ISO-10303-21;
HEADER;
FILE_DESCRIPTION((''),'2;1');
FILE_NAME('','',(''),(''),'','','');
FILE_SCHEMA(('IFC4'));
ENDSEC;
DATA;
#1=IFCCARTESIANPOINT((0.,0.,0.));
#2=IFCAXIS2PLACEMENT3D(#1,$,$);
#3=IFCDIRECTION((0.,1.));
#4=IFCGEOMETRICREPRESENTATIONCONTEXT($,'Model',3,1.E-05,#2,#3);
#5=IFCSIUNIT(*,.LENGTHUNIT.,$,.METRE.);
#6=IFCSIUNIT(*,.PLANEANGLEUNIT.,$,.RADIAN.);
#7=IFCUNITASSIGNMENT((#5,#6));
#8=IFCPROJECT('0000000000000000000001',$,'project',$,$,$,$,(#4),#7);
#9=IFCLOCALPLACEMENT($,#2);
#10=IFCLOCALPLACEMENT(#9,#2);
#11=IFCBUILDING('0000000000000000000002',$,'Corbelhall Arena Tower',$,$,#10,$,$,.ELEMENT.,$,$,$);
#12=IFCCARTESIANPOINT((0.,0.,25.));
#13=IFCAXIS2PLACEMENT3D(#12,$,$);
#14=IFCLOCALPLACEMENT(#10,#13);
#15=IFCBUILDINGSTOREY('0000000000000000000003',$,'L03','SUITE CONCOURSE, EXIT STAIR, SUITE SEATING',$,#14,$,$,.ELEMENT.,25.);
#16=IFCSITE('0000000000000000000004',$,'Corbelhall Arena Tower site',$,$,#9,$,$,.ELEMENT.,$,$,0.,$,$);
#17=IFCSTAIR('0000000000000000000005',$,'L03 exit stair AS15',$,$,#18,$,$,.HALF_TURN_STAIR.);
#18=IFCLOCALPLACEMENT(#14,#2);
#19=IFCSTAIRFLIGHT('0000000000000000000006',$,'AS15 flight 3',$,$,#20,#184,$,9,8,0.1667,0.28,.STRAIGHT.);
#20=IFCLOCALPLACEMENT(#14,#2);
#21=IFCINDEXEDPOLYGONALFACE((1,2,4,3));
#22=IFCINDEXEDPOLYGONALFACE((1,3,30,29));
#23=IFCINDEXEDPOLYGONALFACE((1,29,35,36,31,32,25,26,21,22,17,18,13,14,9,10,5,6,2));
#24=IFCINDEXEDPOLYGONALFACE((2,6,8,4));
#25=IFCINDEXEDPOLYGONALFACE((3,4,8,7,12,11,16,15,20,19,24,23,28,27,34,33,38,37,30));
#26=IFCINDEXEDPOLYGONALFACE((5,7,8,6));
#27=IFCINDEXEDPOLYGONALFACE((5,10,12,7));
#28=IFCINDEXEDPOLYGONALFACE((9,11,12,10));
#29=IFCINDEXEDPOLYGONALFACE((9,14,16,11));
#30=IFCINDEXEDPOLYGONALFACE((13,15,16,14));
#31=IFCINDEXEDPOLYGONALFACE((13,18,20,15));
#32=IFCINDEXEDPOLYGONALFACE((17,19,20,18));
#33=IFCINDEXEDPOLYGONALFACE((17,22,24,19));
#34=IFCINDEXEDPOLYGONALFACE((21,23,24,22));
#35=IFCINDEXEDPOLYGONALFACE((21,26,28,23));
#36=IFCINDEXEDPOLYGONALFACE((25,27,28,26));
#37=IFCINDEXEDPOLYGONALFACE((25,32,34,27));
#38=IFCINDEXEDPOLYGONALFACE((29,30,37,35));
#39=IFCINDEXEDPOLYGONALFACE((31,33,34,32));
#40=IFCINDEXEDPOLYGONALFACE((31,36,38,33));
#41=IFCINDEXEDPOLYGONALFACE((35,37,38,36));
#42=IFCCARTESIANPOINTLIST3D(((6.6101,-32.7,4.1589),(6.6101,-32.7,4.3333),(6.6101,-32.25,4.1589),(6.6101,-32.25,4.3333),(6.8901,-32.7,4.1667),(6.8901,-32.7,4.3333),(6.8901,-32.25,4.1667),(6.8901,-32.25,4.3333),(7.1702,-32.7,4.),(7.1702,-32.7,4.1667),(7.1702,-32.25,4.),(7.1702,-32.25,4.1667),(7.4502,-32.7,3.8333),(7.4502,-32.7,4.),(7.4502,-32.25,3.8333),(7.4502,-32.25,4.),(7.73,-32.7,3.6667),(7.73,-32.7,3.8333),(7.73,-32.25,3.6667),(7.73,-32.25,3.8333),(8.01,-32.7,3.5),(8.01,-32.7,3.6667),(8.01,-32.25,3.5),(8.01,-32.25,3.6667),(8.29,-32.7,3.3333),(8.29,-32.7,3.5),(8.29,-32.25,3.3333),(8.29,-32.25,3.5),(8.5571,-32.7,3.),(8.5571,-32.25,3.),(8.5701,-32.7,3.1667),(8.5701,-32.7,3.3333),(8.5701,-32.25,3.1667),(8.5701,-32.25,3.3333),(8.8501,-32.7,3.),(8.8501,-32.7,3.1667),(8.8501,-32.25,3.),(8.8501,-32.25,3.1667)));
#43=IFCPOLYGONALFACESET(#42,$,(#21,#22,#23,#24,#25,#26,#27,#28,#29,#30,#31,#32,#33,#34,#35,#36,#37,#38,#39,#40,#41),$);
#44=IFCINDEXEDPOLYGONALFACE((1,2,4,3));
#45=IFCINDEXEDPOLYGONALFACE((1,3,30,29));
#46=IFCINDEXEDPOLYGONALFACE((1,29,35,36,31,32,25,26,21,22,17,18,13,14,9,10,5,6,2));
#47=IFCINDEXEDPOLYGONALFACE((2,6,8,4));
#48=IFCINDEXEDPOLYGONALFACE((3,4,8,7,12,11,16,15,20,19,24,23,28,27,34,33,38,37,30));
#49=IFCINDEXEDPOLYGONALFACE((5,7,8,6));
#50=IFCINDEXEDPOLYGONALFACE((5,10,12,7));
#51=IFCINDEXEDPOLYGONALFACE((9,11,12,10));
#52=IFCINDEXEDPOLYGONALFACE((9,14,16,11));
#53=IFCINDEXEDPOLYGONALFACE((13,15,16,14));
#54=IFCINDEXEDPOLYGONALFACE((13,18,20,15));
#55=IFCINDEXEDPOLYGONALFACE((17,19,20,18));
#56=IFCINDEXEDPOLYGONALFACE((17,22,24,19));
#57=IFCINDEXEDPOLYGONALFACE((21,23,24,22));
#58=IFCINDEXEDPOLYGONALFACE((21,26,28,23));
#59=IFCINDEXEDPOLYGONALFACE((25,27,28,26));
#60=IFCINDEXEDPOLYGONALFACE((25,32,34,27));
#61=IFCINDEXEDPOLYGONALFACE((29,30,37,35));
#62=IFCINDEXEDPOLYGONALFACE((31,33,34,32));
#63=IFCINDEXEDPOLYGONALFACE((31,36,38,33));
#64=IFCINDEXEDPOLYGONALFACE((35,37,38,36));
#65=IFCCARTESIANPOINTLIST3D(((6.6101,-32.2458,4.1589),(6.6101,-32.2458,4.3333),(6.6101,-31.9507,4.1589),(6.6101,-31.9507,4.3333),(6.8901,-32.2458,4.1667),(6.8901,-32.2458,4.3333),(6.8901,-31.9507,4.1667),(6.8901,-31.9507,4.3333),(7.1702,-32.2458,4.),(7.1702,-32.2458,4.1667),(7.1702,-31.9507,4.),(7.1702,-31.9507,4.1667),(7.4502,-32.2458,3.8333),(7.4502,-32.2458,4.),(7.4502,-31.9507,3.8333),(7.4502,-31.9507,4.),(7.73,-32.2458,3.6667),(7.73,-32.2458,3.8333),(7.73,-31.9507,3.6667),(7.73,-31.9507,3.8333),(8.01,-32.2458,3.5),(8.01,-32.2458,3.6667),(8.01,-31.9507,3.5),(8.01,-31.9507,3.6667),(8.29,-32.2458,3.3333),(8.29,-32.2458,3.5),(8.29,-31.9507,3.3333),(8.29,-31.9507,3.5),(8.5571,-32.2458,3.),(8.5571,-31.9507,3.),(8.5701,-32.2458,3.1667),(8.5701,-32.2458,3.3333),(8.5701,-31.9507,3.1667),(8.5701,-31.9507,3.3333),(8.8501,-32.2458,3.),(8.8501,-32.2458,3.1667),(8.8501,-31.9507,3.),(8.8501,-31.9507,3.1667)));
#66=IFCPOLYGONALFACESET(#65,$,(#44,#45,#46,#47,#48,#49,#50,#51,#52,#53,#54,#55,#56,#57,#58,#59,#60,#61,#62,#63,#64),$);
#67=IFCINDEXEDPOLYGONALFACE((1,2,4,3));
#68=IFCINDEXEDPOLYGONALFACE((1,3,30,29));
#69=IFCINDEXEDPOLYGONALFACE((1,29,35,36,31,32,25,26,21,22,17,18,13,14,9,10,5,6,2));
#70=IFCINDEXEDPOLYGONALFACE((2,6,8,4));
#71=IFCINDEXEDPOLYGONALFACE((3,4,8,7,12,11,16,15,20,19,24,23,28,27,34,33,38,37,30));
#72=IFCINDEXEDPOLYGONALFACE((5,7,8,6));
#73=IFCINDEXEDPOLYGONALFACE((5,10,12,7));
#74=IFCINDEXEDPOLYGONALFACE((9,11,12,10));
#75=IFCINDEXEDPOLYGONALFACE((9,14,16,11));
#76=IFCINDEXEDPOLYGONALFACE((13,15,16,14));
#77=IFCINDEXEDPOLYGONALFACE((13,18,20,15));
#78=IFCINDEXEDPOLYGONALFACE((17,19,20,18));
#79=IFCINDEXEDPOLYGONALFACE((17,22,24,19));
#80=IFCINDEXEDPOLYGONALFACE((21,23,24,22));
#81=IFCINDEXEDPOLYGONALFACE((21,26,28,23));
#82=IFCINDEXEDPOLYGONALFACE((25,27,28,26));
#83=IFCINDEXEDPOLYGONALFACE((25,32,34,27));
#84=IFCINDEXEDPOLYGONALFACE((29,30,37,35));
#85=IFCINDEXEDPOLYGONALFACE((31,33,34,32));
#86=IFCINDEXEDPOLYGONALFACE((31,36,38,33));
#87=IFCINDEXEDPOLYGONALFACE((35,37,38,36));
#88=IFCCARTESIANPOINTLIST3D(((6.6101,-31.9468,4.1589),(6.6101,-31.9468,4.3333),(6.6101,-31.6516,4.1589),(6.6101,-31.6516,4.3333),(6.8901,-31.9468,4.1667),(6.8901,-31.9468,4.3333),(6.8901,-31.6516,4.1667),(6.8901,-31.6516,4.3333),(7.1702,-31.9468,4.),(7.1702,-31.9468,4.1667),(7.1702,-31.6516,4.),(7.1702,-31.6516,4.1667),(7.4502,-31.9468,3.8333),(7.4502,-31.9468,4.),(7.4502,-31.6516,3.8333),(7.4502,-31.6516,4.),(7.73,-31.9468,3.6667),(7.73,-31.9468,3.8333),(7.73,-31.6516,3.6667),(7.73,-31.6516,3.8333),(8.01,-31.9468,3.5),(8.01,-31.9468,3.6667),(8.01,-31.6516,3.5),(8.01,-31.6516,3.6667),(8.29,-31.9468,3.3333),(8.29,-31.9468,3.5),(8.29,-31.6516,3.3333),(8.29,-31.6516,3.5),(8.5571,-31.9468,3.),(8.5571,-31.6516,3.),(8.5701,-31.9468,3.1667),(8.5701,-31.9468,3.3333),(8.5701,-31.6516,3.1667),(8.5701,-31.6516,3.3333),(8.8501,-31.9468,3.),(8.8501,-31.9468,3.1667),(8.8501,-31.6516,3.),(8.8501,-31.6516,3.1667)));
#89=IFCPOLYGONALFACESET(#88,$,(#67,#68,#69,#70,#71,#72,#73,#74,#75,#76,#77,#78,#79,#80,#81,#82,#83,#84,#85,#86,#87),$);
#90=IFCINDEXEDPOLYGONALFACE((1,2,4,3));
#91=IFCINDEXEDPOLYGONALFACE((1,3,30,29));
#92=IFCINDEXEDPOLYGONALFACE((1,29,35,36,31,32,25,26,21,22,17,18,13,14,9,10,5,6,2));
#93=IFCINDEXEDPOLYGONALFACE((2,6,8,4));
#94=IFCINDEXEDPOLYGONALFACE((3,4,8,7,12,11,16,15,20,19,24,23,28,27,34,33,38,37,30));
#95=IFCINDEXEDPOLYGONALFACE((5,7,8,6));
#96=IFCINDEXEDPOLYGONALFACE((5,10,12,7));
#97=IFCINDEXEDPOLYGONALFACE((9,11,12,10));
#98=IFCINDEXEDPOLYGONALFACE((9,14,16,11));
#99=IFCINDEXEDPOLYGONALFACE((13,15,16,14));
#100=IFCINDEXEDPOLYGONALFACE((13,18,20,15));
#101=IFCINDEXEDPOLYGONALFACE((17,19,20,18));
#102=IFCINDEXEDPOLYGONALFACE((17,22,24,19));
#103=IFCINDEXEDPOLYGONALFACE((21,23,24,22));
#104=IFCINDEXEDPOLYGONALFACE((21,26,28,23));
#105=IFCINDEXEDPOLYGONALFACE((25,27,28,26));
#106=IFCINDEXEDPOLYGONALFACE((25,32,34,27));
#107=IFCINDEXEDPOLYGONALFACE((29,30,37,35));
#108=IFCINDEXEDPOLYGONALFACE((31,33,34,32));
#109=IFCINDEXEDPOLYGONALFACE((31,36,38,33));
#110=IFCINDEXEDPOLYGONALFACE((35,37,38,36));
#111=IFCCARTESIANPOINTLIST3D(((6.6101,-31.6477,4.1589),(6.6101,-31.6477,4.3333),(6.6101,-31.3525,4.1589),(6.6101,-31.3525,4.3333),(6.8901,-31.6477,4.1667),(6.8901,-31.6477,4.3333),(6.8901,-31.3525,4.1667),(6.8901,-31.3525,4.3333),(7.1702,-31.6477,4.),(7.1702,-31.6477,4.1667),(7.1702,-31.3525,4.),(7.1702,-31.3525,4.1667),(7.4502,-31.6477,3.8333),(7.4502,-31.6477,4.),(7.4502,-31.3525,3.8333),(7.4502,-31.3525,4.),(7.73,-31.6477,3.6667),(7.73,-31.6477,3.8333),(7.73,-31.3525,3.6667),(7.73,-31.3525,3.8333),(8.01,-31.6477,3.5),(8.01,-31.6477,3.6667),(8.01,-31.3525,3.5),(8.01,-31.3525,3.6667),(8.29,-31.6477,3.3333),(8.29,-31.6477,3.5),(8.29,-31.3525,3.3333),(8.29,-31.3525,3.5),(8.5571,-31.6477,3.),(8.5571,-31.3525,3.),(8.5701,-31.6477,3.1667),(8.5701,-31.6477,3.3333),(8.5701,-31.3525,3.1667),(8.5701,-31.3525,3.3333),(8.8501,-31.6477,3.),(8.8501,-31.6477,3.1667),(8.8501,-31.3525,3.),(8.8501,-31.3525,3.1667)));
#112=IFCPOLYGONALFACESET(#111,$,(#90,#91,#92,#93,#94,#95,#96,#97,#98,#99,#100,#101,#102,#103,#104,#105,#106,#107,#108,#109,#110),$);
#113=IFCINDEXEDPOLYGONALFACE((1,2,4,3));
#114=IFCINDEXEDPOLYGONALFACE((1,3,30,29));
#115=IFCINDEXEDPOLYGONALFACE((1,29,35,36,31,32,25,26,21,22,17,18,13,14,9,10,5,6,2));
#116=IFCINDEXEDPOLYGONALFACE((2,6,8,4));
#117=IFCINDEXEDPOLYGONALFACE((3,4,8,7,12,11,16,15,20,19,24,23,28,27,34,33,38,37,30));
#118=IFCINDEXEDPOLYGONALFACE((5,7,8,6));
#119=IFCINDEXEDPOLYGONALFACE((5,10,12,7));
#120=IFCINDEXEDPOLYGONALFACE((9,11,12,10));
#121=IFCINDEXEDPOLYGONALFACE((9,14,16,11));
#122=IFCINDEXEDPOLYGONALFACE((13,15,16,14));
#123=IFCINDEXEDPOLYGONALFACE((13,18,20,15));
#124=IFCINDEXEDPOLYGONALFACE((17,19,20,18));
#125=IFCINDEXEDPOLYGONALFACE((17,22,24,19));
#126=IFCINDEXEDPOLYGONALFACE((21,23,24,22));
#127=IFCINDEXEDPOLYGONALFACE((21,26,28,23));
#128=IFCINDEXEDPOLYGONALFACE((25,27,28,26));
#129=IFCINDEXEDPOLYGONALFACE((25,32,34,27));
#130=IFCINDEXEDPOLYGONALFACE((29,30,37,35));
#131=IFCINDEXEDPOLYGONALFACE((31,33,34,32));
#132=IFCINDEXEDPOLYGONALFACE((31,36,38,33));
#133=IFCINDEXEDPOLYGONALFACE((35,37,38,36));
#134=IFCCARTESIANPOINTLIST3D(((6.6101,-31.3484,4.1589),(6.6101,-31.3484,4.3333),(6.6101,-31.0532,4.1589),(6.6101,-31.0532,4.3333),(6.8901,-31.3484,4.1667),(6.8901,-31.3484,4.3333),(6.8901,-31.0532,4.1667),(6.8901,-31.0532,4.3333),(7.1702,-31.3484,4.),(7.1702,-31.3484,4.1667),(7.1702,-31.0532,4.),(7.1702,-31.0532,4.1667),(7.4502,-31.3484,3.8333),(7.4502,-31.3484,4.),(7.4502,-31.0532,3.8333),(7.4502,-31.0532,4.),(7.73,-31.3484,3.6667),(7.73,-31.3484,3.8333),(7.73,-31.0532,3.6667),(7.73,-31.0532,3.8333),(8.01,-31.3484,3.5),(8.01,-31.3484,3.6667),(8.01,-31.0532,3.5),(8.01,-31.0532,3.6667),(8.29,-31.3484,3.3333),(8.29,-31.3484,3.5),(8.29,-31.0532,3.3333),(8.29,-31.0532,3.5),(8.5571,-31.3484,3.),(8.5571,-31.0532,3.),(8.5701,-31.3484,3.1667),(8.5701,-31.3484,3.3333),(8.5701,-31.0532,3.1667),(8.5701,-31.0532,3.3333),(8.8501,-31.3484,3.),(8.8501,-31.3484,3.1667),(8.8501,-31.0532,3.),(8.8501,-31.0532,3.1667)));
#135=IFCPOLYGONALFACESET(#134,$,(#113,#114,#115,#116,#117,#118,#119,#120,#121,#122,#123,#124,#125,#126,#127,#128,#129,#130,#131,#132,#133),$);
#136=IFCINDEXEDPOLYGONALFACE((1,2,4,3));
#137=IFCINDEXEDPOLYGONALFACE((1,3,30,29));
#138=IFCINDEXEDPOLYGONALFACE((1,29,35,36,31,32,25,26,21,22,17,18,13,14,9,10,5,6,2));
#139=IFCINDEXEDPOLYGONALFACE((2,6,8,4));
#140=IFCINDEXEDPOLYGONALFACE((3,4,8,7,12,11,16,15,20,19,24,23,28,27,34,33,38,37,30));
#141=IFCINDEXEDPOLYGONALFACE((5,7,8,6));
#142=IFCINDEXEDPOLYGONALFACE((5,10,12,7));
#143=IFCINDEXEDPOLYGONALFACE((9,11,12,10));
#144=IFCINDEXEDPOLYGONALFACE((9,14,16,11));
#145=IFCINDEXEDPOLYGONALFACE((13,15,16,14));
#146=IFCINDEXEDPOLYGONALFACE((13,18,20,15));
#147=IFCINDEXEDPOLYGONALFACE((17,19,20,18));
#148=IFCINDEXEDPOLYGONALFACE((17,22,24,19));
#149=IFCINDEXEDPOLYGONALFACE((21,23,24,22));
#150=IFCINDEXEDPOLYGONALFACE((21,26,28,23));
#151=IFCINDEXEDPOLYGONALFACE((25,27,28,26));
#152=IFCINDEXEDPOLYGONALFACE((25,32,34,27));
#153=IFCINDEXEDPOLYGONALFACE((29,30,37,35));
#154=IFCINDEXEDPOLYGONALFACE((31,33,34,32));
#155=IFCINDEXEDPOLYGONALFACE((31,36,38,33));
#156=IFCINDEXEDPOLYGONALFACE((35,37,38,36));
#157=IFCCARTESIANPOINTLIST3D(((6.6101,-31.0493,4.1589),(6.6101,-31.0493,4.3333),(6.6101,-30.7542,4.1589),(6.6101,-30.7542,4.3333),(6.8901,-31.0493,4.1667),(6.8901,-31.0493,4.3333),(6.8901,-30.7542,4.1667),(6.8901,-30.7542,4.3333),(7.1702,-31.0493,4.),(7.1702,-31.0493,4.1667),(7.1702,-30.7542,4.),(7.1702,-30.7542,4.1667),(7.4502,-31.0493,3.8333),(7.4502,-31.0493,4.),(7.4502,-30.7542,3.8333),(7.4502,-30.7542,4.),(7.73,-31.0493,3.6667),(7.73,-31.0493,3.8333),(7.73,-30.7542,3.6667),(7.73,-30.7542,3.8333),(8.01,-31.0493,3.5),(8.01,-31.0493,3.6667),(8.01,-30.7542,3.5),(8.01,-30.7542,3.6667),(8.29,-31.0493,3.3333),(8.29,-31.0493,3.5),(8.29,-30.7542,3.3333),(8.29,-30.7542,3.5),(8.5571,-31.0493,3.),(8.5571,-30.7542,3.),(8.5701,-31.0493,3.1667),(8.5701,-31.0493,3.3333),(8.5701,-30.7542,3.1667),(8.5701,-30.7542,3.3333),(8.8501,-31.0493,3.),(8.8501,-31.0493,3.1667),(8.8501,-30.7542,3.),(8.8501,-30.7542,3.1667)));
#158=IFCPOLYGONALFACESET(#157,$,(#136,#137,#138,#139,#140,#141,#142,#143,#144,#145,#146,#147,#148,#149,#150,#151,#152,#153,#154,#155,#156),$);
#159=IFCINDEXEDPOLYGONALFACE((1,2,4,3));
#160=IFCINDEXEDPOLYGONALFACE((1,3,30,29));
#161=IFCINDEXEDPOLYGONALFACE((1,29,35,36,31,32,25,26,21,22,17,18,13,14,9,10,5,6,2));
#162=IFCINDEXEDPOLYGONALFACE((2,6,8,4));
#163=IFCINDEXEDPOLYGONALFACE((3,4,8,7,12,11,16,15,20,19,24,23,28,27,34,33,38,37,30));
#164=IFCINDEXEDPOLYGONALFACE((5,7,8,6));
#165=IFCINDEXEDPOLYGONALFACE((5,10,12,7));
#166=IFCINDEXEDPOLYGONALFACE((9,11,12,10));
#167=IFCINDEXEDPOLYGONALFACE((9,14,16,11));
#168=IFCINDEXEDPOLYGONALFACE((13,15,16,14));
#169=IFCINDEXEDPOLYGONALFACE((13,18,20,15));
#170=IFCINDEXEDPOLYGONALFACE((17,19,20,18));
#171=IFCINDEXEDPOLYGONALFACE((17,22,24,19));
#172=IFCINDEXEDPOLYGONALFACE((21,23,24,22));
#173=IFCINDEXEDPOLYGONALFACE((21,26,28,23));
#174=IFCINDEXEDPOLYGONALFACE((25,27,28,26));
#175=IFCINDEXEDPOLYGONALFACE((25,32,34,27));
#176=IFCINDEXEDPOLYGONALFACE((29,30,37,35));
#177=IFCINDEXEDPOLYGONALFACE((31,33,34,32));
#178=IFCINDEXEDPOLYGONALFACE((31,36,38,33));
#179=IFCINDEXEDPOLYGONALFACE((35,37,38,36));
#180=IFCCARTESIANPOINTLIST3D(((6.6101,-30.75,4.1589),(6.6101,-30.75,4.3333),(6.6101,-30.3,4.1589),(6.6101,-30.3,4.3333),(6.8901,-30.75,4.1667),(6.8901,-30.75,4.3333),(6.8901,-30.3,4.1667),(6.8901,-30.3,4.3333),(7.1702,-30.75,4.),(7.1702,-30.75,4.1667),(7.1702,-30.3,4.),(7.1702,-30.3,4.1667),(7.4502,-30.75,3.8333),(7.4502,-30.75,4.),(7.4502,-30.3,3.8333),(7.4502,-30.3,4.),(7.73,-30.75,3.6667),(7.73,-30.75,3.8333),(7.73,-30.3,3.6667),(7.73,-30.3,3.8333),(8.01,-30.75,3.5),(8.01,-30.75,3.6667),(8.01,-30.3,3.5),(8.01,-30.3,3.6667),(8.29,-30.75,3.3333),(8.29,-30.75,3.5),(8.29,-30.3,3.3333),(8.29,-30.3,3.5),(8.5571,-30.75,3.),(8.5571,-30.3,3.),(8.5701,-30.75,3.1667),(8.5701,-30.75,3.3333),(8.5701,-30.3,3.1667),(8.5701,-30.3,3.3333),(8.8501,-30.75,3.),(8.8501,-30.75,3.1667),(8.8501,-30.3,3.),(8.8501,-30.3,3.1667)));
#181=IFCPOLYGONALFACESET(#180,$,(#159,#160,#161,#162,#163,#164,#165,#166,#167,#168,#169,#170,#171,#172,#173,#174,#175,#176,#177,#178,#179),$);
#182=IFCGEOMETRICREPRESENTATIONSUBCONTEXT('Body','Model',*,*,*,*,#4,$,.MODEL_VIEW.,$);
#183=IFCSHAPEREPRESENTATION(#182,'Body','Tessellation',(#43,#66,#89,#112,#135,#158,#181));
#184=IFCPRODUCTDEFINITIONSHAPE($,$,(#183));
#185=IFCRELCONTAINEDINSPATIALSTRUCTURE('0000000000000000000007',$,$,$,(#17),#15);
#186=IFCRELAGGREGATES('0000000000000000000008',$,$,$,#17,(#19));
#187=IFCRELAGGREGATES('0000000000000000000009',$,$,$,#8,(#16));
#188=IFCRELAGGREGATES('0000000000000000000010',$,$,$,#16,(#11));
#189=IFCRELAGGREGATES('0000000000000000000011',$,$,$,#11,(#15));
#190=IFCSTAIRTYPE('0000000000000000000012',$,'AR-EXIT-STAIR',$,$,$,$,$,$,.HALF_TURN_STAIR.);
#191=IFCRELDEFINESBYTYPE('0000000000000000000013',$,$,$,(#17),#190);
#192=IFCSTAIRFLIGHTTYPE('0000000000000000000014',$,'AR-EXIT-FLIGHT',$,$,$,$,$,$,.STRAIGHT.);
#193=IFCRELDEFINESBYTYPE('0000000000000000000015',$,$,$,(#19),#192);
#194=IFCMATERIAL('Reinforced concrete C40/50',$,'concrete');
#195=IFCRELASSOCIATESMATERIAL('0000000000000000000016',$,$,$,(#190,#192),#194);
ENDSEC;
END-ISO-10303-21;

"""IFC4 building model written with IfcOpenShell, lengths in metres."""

from ifc_helpers import new_model, si_unit, direction, frame, origin, place, context, subcontext, project, spatial, polyline, outline, extrude, material, type_object, element, aggregate, save


model = new_model("IFC4")

# Units and contexts
model_context = context("Model", 3, precision=1e-05, world=origin(), true_north=direction((0.0, 1.0)))
body_context = subcontext(model_context, "Body", "Model", "MODEL_VIEW")
ifc_project = project(units=[si_unit("LENGTHUNIT", "METRE"), si_unit("PLANEANGLEUNIT", "RADIAN")], contexts=[model_context])

# Site, building, storey
site_placement = place(None, origin())
site = spatial("IfcSite", under=ifc_project, at=site_placement, Name="Corbelhall Arena Tower site", CompositionType="ELEMENT", RefElevation=0.0)
building_placement = place(site_placement, origin())
building = spatial("IfcBuilding", under=site, at=building_placement, Name="Corbelhall Arena Tower", CompositionType="ELEMENT")
storey_placement = place(building_placement, frame((0.0, 0.0, 25.0)))
storey = spatial("IfcBuildingStorey", under=building, at=storey_placement, Name="L03", Description="SUITE CONCOURSE, EXIT STAIR, SUITE SEATING", CompositionType="ELEMENT", Elevation=25.0)

# Stair
ifc_material_1 = material(Name="Reinforced concrete C40/50", Category="concrete")
stair_type = type_object("IfcStairType", Name="AR-EXIT-STAIR", PredefinedType="HALF_TURN_STAIR", material=ifc_material_1)
stair_1_placement = place(storey_placement, origin())
stair_1 = element("IfcStair", 1, at=stair_1_placement, inside=storey, type_object=stair_type, Name="L03 exit stair AS15", PredefinedType="HALF_TURN_STAIR")

# Stair flight
stair_flight_type = type_object("IfcStairFlightType", Name="AR-EXIT-FLIGHT", PredefinedType="STRAIGHT", material=ifc_material_1)
stair_flight_1_placement = place(storey_placement, frame((8.8501, -31.5, 3.0), z_axis=(0.0, 0.0, 1.0), x_axis=(-1.0, 0.0, 0.0)))
stair_flight_1 = element("IfcStairFlight", 2, at=stair_flight_1_placement, type_object=stair_flight_type, Name="AS15 flight 3", NumberOfRisers=9, NumberOfTreads=8, PredefinedType="STRAIGHT", RiserHeight=0.1667, TreadLength=0.28, context=body_context, shape_type="SweptSolid", body=[
    extrude(outline(polyline([(0.0, 0.0), (0.0, 0.1667), (0.28, 0.1667), (0.28, 0.3333), (0.5601, 0.3333), (0.5601, 0.5), (0.8401, 0.5), (0.8401, 0.6667), (1.1201, 0.6667), (1.1201, 0.8333), (1.3999, 0.8333), (1.3999, 1.0), (1.6799, 1.0), (1.6799, 1.1667), (1.96, 1.1667), (1.96, 1.3333), (2.24, 1.3333), (2.24, 1.5), (2.24, 1.1589), (0.293, 0.0), (0.0, 0.0)])), frame((0.0, 1.2, 0.0), z_axis=(0.0, -1.0, 0.0), x_axis=(1.0, 0.0, 0.0)), (0.0, 0.0, 1.0), 0.45),
    extrude(outline(polyline([(0.0, 0.0), (0.0, 0.1667), (0.28, 0.1667), (0.28, 0.3333), (0.5601, 0.3333), (0.5601, 0.5), (0.8401, 0.5), (0.8401, 0.6667), (1.1201, 0.6667), (1.1201, 0.8333), (1.3999, 0.8333), (1.3999, 1.0), (1.6799, 1.0), (1.6799, 1.1667), (1.96, 1.1667), (1.96, 1.3333), (2.24, 1.3333), (2.24, 1.5), (2.24, 1.1589), (0.293, 0.0), (0.0, 0.0)])), frame((0.0, 0.7458, 0.0), z_axis=(0.0, -1.0, 0.0), x_axis=(1.0, 0.0, 0.0)), (0.0, 0.0, 1.0), 0.2952),
    extrude(outline(polyline([(0.0, 0.0), (0.0, 0.1667), (0.28, 0.1667), (0.28, 0.3333), (0.5601, 0.3333), (0.5601, 0.5), (0.8401, 0.5), (0.8401, 0.6667), (1.1201, 0.6667), (1.1201, 0.8333), (1.3999, 0.8333), (1.3999, 1.0), (1.6799, 1.0), (1.6799, 1.1667), (1.96, 1.1667), (1.96, 1.3333), (2.24, 1.3333), (2.24, 1.5), (2.24, 1.1589), (0.293, 0.0), (0.0, 0.0)])), frame((0.0, 0.4468, 0.0), z_axis=(0.0, -1.0, 0.0), x_axis=(1.0, 0.0, 0.0)), (0.0, 0.0, 1.0), 0.2952),
    extrude(outline(polyline([(0.0, 0.0), (0.0, 0.1667), (0.28, 0.1667), (0.28, 0.3333), (0.5601, 0.3333), (0.5601, 0.5), (0.8401, 0.5), (0.8401, 0.6667), (1.1201, 0.6667), (1.1201, 0.8333), (1.3999, 0.8333), (1.3999, 1.0), (1.6799, 1.0), (1.6799, 1.1667), (1.96, 1.1667), (1.96, 1.3333), (2.24, 1.3333), (2.24, 1.5), (2.24, 1.1589), (0.293, 0.0), (0.0, 0.0)])), frame((0.0, 0.1477, 0.0), z_axis=(0.0, -1.0, 0.0), x_axis=(1.0, 0.0, 0.0)), (0.0, 0.0, 1.0), 0.2952),
    extrude(outline(polyline([(0.0, 0.0), (0.0, 0.1667), (0.28, 0.1667), (0.28, 0.3333), (0.5601, 0.3333), (0.5601, 0.5), (0.8401, 0.5), (0.8401, 0.6667), (1.1201, 0.6667), (1.1201, 0.8333), (1.3999, 0.8333), (1.3999, 1.0), (1.6799, 1.0), (1.6799, 1.1667), (1.96, 1.1667), (1.96, 1.3333), (2.24, 1.3333), (2.24, 1.5), (2.24, 1.1589), (0.293, 0.0), (0.0, 0.0)])), frame((0.0, -0.1516, 0.0), z_axis=(0.0, -1.0, 0.0), x_axis=(1.0, 0.0, 0.0)), (0.0, 0.0, 1.0), 0.2952),
    extrude(outline(polyline([(0.0, 0.0), (0.0, 0.1667), (0.28, 0.1667), (0.28, 0.3333), (0.5601, 0.3333), (0.5601, 0.5), (0.8401, 0.5), (0.8401, 0.6667), (1.1201, 0.6667), (1.1201, 0.8333), (1.3999, 0.8333), (1.3999, 1.0), (1.6799, 1.0), (1.6799, 1.1667), (1.96, 1.1667), (1.96, 1.3333), (2.24, 1.3333), (2.24, 1.5), (2.24, 1.1589), (0.293, 0.0), (0.0, 0.0)])), frame((0.0, -0.4507, 0.0), z_axis=(0.0, -1.0, 0.0), x_axis=(1.0, 0.0, 0.0)), (0.0, 0.0, 1.0), 0.2952),
    extrude(outline(polyline([(0.0, 0.0), (0.0, 0.1667), (0.28, 0.1667), (0.28, 0.3333), (0.5601, 0.3333), (0.5601, 0.5), (0.8401, 0.5), (0.8401, 0.6667), (1.1201, 0.6667), (1.1201, 0.8333), (1.3999, 0.8333), (1.3999, 1.0), (1.6799, 1.0), (1.6799, 1.1667), (1.96, 1.1667), (1.96, 1.3333), (2.24, 1.3333), (2.24, 1.5), (2.24, 1.1589), (0.293, 0.0), (0.0, 0.0)])), frame((0.0, -0.75, 0.0), z_axis=(0.0, -1.0, 0.0), x_axis=(1.0, 0.0, 0.0)), (0.0, 0.0, 1.0), 0.45),
])
aggregate(stair_1, [stair_flight_1])

save(model, "model.ifc")
